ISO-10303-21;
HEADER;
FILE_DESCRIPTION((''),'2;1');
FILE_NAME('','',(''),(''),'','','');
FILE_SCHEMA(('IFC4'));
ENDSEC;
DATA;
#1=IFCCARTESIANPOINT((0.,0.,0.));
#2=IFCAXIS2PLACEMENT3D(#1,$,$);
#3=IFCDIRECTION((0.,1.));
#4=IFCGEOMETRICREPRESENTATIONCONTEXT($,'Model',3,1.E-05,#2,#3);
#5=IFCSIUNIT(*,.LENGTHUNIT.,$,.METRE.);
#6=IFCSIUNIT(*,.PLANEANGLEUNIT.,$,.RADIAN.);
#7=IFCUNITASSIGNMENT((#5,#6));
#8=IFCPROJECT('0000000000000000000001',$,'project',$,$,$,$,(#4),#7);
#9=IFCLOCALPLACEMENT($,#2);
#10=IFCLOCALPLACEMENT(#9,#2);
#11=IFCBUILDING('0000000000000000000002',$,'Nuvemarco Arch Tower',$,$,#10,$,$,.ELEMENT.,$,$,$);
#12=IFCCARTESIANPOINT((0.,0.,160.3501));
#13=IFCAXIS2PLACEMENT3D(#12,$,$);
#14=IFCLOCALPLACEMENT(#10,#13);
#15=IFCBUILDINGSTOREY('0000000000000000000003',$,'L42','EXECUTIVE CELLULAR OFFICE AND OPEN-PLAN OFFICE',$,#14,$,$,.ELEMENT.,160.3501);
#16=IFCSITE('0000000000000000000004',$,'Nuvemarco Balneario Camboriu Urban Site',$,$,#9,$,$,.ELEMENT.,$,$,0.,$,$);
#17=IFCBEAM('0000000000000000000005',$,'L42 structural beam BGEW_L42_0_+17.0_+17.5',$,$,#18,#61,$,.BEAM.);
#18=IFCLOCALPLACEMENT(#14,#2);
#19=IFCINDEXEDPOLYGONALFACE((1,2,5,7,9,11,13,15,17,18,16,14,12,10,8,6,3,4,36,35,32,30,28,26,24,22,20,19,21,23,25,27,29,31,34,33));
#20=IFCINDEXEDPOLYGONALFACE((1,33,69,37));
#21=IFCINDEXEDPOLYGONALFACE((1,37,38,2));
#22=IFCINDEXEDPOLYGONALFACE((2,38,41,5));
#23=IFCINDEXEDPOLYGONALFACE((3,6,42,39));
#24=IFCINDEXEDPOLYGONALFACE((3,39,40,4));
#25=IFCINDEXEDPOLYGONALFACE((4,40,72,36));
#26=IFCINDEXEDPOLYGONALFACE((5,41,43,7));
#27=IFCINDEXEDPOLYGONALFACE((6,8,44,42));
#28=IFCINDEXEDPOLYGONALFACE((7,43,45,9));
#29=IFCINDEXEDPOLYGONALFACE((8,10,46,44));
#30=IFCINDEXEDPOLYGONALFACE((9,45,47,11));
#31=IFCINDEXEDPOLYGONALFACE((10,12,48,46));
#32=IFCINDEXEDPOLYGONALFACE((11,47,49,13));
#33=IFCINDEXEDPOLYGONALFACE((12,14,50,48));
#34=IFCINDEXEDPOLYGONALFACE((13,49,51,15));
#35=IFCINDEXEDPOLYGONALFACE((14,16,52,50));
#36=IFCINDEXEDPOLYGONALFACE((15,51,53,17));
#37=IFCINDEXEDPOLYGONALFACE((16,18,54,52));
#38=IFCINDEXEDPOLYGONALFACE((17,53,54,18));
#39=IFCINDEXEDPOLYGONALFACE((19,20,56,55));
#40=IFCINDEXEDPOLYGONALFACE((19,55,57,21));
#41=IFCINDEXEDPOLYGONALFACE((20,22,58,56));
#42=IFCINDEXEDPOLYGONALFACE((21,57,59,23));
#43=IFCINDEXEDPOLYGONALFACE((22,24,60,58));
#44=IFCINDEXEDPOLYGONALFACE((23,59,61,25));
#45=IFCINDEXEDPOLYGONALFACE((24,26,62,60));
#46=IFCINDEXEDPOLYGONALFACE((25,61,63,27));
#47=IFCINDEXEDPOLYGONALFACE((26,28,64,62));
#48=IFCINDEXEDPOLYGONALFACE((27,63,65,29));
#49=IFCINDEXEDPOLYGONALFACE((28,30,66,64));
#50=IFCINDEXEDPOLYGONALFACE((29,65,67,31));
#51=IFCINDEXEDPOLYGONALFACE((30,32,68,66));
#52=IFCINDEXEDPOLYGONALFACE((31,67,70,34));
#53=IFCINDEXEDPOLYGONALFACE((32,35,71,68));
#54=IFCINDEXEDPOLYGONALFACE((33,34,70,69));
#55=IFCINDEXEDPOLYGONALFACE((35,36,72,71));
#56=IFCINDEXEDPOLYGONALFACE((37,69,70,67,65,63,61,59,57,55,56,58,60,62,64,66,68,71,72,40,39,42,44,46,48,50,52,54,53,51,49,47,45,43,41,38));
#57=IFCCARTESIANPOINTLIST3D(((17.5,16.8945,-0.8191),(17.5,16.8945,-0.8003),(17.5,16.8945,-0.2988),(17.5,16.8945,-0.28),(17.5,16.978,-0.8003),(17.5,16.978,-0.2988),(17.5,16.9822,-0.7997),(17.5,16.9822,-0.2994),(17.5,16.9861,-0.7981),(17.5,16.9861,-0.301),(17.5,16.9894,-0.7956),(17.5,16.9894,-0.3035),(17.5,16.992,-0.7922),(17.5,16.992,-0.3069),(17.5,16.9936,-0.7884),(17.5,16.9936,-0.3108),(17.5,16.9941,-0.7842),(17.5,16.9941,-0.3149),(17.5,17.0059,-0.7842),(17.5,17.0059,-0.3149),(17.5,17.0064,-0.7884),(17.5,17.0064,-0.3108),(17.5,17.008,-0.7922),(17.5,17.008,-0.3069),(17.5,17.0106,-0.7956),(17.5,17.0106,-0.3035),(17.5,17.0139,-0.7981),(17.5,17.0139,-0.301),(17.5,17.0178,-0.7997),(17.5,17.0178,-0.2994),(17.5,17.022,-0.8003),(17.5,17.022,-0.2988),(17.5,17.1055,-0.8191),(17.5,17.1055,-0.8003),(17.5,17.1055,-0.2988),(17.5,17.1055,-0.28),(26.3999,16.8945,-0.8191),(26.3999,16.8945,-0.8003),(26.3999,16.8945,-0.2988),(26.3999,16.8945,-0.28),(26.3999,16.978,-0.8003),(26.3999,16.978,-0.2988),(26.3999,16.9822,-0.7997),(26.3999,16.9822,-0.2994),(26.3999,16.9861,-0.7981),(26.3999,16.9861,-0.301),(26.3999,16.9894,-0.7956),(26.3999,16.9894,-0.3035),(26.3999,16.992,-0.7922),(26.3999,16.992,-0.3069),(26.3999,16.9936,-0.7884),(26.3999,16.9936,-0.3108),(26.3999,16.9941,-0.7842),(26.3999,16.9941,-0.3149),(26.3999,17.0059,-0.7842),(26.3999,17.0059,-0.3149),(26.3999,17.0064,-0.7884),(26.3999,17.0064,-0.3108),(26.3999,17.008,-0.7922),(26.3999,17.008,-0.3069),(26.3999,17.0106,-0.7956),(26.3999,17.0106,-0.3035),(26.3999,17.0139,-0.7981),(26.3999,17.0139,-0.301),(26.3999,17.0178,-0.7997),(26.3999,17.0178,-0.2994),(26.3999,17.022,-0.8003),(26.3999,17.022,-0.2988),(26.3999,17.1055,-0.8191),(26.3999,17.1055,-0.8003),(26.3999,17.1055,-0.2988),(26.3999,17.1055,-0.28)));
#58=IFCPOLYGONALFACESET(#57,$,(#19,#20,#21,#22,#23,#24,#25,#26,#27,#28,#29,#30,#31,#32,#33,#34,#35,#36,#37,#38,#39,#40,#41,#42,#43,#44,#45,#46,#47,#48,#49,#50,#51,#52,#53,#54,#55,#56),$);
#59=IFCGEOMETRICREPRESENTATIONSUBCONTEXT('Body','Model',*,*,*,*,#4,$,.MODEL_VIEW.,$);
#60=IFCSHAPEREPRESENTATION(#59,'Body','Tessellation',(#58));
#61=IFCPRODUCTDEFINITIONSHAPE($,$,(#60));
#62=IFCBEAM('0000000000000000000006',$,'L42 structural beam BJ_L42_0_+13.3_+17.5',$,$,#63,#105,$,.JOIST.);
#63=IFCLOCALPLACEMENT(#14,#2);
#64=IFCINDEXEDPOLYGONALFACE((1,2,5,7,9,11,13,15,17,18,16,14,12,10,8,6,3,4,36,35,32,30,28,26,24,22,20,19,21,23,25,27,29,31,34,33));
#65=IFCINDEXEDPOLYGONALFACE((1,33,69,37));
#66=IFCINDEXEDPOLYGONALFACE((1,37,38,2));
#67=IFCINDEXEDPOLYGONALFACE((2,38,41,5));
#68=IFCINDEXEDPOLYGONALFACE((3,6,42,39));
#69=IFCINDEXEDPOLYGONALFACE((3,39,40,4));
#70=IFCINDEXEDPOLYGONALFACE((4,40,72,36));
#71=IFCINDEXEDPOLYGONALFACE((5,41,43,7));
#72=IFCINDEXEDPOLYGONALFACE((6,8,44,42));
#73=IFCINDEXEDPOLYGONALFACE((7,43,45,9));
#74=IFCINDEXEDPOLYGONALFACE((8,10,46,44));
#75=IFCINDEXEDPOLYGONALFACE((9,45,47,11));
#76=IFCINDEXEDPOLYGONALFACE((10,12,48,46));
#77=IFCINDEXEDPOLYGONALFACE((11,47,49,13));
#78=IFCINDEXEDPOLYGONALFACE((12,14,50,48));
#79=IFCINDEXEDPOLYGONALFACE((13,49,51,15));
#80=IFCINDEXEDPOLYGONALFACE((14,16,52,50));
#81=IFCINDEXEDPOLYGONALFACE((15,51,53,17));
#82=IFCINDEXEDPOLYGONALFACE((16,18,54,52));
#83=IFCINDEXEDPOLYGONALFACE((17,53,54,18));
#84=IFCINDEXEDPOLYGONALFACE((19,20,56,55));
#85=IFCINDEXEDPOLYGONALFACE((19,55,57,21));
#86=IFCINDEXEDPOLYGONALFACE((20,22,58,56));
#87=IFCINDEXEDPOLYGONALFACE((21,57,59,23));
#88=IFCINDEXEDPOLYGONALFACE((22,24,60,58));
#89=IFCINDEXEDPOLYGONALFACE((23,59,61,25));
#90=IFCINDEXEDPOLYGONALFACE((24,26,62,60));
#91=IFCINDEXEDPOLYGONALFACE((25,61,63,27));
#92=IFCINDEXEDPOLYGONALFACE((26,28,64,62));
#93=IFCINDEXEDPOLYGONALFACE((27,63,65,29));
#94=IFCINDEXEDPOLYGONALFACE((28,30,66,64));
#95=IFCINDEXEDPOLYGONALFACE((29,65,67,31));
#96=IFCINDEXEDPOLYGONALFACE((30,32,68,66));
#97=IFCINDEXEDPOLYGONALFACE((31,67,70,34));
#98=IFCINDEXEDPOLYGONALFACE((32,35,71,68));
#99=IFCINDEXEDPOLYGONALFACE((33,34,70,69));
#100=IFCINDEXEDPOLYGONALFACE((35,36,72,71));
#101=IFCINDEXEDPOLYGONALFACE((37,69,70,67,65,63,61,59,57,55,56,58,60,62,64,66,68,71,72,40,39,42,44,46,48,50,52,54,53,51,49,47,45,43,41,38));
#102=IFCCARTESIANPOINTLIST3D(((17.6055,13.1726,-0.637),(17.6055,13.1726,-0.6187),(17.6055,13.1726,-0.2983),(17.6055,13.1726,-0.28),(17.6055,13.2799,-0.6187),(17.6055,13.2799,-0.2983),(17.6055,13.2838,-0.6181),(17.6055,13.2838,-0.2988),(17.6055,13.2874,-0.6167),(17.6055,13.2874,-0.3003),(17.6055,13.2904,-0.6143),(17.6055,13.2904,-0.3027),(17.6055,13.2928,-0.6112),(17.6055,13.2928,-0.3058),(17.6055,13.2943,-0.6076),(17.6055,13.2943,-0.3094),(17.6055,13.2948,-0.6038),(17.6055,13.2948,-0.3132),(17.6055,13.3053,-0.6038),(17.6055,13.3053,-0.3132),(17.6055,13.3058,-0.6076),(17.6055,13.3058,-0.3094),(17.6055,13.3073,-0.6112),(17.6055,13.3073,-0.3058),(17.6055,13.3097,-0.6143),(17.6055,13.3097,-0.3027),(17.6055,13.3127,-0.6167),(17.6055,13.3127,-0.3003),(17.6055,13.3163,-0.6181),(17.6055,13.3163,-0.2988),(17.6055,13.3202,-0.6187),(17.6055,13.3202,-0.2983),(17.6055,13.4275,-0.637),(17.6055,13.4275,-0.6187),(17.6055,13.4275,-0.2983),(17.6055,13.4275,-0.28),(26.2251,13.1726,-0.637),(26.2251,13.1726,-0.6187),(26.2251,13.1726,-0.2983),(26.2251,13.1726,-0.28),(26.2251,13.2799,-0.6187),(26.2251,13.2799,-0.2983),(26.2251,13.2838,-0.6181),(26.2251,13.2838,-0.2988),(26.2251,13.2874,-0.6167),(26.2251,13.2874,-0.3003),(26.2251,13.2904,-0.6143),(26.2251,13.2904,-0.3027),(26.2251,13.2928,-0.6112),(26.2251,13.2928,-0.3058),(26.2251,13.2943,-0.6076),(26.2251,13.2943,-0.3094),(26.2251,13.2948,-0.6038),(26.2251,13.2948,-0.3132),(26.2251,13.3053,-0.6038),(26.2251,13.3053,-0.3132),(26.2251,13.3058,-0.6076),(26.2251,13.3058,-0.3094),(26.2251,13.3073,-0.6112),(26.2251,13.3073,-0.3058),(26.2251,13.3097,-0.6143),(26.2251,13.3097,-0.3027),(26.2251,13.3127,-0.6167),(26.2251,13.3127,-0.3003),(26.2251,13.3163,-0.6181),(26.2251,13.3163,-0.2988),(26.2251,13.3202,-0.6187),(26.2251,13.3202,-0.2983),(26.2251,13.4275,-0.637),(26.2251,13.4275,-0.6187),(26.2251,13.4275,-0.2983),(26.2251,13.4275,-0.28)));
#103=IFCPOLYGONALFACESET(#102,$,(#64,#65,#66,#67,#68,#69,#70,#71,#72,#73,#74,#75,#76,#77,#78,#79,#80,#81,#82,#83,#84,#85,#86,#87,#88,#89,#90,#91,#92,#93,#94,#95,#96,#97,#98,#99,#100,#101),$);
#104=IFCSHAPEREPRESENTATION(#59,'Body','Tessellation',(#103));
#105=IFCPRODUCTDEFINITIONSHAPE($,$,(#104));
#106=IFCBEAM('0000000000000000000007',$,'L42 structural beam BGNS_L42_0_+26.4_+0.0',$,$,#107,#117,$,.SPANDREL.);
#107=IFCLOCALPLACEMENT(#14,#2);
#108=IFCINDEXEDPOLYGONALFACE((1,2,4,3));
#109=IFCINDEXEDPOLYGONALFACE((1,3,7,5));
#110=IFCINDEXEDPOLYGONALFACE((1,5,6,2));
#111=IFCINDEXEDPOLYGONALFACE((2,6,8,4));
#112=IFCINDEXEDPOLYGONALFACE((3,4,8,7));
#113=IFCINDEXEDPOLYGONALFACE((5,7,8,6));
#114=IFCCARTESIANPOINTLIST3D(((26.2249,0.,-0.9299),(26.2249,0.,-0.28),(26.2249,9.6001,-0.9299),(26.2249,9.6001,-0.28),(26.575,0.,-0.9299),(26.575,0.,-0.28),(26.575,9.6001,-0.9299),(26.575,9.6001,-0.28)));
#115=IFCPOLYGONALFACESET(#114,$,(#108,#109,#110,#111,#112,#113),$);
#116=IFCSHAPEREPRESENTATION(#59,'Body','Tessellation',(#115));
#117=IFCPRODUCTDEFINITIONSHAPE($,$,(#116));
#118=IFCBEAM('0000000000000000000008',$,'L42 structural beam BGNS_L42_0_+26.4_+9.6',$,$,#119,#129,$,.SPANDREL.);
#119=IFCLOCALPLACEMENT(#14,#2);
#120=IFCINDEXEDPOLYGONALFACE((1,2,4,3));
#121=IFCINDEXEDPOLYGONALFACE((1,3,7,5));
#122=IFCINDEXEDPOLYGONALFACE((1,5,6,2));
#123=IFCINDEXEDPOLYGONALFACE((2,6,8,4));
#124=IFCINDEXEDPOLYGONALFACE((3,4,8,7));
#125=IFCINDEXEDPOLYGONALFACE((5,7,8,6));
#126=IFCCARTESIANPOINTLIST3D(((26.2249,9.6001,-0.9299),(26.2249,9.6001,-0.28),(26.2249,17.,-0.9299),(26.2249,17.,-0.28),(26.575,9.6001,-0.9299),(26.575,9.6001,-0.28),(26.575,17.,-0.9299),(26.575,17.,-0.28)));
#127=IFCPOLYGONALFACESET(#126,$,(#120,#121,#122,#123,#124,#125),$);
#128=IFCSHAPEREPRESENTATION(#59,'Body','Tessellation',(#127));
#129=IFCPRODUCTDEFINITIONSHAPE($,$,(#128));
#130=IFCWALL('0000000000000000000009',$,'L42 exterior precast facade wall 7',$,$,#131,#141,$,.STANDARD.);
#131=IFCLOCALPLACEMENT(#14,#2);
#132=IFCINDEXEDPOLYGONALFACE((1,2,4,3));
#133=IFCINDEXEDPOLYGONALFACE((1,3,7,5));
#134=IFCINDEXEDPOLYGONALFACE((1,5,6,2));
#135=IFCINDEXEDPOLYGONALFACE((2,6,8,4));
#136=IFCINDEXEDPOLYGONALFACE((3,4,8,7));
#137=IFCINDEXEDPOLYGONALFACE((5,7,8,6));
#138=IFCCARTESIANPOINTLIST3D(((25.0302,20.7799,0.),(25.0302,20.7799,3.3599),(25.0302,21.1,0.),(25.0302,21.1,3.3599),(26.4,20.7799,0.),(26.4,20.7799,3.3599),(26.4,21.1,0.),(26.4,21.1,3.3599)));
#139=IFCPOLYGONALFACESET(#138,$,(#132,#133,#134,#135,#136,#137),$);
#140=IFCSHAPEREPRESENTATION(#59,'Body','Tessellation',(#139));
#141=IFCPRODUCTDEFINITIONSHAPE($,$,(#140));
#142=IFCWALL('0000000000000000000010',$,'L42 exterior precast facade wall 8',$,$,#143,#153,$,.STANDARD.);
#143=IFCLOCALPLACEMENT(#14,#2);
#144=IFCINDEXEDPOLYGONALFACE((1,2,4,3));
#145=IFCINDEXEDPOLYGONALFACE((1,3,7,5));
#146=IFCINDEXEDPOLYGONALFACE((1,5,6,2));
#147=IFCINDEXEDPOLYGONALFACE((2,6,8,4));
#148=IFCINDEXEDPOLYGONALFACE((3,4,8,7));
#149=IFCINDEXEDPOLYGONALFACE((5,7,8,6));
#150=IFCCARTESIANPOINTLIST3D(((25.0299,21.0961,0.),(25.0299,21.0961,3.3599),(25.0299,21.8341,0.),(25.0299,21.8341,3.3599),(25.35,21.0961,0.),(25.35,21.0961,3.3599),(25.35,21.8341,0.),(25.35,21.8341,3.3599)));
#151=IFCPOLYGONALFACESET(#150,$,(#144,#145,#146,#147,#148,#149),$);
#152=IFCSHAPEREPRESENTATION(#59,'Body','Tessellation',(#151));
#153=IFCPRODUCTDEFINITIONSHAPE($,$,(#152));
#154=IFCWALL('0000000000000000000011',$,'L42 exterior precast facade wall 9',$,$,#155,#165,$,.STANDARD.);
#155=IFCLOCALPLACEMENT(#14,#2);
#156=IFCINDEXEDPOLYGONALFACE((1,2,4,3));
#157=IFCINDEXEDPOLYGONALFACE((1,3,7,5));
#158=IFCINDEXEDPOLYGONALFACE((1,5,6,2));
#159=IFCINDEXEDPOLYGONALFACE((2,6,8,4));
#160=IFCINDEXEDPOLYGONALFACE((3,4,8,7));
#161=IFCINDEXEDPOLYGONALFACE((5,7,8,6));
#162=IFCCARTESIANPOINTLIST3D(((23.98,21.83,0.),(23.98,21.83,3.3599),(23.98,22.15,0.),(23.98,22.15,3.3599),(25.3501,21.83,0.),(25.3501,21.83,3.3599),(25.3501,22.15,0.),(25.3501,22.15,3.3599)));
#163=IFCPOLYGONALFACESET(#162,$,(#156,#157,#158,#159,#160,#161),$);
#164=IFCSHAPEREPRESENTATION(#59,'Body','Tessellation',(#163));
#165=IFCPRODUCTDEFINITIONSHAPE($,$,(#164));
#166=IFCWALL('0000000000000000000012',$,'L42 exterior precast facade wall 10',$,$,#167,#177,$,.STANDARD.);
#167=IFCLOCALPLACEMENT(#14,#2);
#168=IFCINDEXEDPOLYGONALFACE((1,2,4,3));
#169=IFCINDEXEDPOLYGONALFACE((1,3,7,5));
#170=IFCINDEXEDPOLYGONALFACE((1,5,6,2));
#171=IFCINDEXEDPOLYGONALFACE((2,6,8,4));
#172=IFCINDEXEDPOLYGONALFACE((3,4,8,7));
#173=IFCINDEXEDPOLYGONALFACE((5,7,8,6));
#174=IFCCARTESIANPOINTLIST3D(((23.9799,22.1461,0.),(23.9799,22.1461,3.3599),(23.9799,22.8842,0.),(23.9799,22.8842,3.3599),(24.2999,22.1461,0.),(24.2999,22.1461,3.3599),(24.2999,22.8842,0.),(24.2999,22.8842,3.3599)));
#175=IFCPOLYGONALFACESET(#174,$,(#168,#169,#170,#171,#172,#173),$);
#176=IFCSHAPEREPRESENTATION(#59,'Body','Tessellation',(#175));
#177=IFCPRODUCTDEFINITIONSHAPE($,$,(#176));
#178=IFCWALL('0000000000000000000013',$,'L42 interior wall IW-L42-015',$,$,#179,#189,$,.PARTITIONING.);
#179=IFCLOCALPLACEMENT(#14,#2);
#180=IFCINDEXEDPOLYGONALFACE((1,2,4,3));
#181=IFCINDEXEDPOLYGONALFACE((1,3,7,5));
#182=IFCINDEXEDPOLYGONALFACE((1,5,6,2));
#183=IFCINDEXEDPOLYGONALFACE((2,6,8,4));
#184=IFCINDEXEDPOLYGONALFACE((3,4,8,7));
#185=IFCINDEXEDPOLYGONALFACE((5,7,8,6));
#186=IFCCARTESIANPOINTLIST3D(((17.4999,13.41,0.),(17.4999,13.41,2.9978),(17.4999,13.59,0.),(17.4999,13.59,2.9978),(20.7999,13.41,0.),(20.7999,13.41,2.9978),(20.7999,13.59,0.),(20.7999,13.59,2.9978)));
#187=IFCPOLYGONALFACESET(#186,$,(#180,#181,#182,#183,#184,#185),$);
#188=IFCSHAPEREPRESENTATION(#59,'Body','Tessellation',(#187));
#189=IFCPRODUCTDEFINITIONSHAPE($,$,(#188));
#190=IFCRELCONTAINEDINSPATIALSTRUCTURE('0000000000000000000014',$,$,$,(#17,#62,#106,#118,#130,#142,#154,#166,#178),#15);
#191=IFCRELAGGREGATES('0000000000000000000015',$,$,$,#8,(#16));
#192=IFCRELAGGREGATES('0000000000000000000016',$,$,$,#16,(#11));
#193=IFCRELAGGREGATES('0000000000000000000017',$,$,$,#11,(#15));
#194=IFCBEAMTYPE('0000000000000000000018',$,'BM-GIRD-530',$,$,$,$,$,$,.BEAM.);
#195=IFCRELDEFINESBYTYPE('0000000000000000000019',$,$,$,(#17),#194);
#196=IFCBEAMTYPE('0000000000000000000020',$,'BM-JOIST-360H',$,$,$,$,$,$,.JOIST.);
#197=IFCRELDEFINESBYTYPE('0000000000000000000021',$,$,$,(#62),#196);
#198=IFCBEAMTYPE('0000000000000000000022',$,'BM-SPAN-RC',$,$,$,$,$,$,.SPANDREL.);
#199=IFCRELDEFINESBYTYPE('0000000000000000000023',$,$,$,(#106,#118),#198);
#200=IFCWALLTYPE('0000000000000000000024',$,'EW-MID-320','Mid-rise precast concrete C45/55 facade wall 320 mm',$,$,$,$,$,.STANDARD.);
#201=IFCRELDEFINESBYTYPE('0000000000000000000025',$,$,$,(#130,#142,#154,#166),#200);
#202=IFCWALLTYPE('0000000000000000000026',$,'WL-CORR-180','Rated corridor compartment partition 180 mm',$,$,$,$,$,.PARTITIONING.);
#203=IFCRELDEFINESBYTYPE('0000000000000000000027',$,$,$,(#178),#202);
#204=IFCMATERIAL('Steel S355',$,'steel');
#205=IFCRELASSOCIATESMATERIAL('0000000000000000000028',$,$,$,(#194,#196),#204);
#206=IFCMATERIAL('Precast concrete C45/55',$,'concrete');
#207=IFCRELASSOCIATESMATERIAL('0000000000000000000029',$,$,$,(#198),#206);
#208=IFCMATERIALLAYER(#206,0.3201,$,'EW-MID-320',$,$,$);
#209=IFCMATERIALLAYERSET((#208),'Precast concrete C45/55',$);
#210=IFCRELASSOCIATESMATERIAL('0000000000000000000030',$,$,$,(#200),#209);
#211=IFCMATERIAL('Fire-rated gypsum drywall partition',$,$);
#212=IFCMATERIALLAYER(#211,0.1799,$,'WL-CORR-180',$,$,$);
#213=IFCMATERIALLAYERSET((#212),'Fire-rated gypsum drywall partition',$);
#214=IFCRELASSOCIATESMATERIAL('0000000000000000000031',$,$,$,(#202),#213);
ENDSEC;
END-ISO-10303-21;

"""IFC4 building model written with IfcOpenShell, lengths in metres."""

from ifc_helpers import new_model, si_unit, direction, frame, frame_2d, origin, origin_2d, place, context, subcontext, project, spatial, rectangle, i_section, extrude, material, layer, layer_set, material_profile, profile_set, type_object, element, save


model = new_model("IFC4")

# Units and contexts
model_context = context("Model", 3, precision=1e-05, world=origin(), true_north=direction((0.0, 1.0)))
body_context = subcontext(model_context, "Body", "Model", "MODEL_VIEW")
ifc_project = project(units=[si_unit("LENGTHUNIT", "METRE"), si_unit("PLANEANGLEUNIT", "RADIAN")], contexts=[model_context])

# Site, building, storey
site_placement = place(None, origin())
site = spatial("IfcSite", under=ifc_project, at=site_placement, Name="Nuvemarco Balneario Camboriu Urban Site", CompositionType="ELEMENT", RefElevation=0.0)
building_placement = place(site_placement, origin())
building = spatial("IfcBuilding", under=site, at=building_placement, Name="Nuvemarco Arch Tower", CompositionType="ELEMENT")
storey_placement = place(building_placement, frame((0.0, 0.0, 160.3501)))
storey = spatial("IfcBuildingStorey", under=building, at=storey_placement, Name="L42", Description="EXECUTIVE CELLULAR OFFICE AND OPEN-PLAN OFFICE", CompositionType="ELEMENT", Elevation=160.3501)

# Shared definitions
ifc_material_1 = material(Name="Steel S355", Category="steel")

# Beams
ifc_material_profile_1 = material_profile(ifc_material_1, i_section(OverallWidth=0.2109, OverallDepth=0.5391, WebThickness=0.0117, FlangeThickness=0.0188, FilletRadius=0.0161, at=origin_2d()), Name="W530x109")
ifc_profile_set_1 = profile_set([ifc_material_profile_1], Name="Steel S355")
beam_type_1 = type_object("IfcBeamType", Name="BM-GIRD-530", PredefinedType="BEAM", material=ifc_profile_set_1)
for number, where, z_axis, x_axis, name in (
    (1, (17.5, 17.0, -0.5496), (1.0, 0.0, 0.0), (0.0, 1.0, 0.0), "L42 structural beam BGEW_L42_0_+17.0_+17.5"),
):
    element("IfcBeam", number, at=place(storey_placement, frame(where, z_axis=z_axis, x_axis=x_axis)), inside=storey, type_object=beam_type_1, Name=name, PredefinedType="BEAM", context=body_context, shape_type="SweptSolid", body=[
        extrude(i_section(OverallWidth=0.2109, OverallDepth=0.5391, WebThickness=0.0117, FlangeThickness=0.0188, FilletRadius=0.0161, at=origin_2d()), origin(), (0.0, 0.0, 1.0), 8.8999),
    ])
ifc_material_profile_2 = material_profile(ifc_material_1, i_section(OverallWidth=0.2549, OverallDepth=0.3569, WebThickness=0.0105, FlangeThickness=0.0183, FilletRadius=0.0149, at=origin_2d()), Name="W360x101")
ifc_profile_set_2 = profile_set([ifc_material_profile_2], Name="Steel S355")
beam_type_2 = type_object("IfcBeamType", Name="BM-JOIST-360H", PredefinedType="JOIST", material=ifc_profile_set_2)
beam_1_placement = place(storey_placement, frame((17.6055, 13.3, -0.4585), z_axis=(1.0, 0.0, 0.0), x_axis=(0.0, 1.0, 0.0)))
element("IfcBeam", 2, at=beam_1_placement, inside=storey, type_object=beam_type_2, Name="L42 structural beam BJ_L42_0_+13.3_+17.5", PredefinedType="JOIST", context=body_context, shape_type="SweptSolid", body=[
    extrude(i_section(OverallWidth=0.2549, OverallDepth=0.3569, WebThickness=0.0105, FlangeThickness=0.0183, FilletRadius=0.0149, at=origin_2d()), origin(), (0.0, 0.0, 1.0), 8.6196),
])
ifc_material_2 = material(Name="Precast concrete C45/55", Category="concrete")
ifc_material_profile_3 = material_profile(ifc_material_2, rectangle(XDim=0.3501, YDim=0.6499, at=origin_2d()), Name="PC-SP-350x650")
ifc_profile_set_3 = profile_set([ifc_material_profile_3], Name="Precast concrete C45/55")
beam_type_3 = type_object("IfcBeamType", Name="BM-SPAN-RC", PredefinedType="SPANDREL", material=ifc_profile_set_3)
beam_2_placement = place(storey_placement, frame((26.3999, 0.0, -0.605), z_axis=(0.0, 1.0, 0.0), x_axis=(-1.0, 0.0, 0.0)))
element("IfcBeam", 3, at=beam_2_placement, inside=storey, type_object=beam_type_3, Name="L42 structural beam BGNS_L42_0_+26.4_+0.0", PredefinedType="SPANDREL", context=body_context, shape_type="SweptSolid", body=[
    extrude(rectangle(XDim=0.3501, YDim=0.6499, at=origin_2d()), origin(), (0.0, 0.0, 1.0), 9.6001),
])
beam_3_placement = place(storey_placement, frame((26.3999, 9.6001, -0.605), z_axis=(0.0, 1.0, 0.0), x_axis=(-1.0, 0.0, 0.0)))
element("IfcBeam", 4, at=beam_3_placement, inside=storey, type_object=beam_type_3, Name="L42 structural beam BGNS_L42_0_+26.4_+9.6", PredefinedType="SPANDREL", context=body_context, shape_type="SweptSolid", body=[
    extrude(rectangle(XDim=0.3501, YDim=0.6499, at=origin_2d()), origin(), (0.0, 0.0, 1.0), 7.3999),
])

# Walls
ifc_layer_1 = layer(ifc_material_2, 0.3201, Name="EW-MID-320")
ifc_layer_set_1 = layer_set([ifc_layer_1], Name="Precast concrete C45/55")
wall_type_1 = type_object("IfcWallType", Name="EW-MID-320", Description="Mid-rise precast concrete C45/55 facade wall 320 mm", PredefinedType="STANDARD", material=ifc_layer_set_1)
wall_1_placement = place(storey_placement, frame((25.03, 20.9399, 0.0), z_axis=(0.0, 0.0, 1.0), x_axis=(1.0, 0.0, 0.0)))
element("IfcWall", 5, at=wall_1_placement, inside=storey, type_object=wall_type_1, Name="L42 exterior precast facade wall 7", PredefinedType="STANDARD", context=body_context, shape_type="SweptSolid", body=[
    extrude(rectangle(XDim=1.3699, YDim=0.3201, at=frame_2d((0.6851, 0.0))), origin(), (0.0, 0.0, 1.0), 3.3599),
])
wall_2_placement = place(storey_placement, frame((25.1899, 21.0959, 0.0), z_axis=(0.0, 0.0, 1.0), x_axis=(0.0, 1.0, 0.0)))
element("IfcWall", 6, at=wall_2_placement, inside=storey, type_object=wall_type_1, Name="L42 exterior precast facade wall 8", PredefinedType="STANDARD", context=body_context, shape_type="SweptSolid", body=[
    extrude(rectangle(XDim=0.738, YDim=0.3201, at=frame_2d((0.3691, 0.0))), origin(), (0.0, 0.0, 1.0), 3.3599),
])
wall_3_placement = place(storey_placement, frame((23.98, 21.99, 0.0), z_axis=(0.0, 0.0, 1.0), x_axis=(1.0, 0.0, 0.0)))
element("IfcWall", 7, at=wall_3_placement, inside=storey, type_object=wall_type_1, Name="L42 exterior precast facade wall 9", PredefinedType="STANDARD", context=body_context, shape_type="SweptSolid", body=[
    extrude(rectangle(XDim=1.3701, YDim=0.3201, at=frame_2d((0.6851, 0.0))), origin(), (0.0, 0.0, 1.0), 3.3599),
])
wall_4_placement = place(storey_placement, frame((24.1399, 22.146, 0.0), z_axis=(0.0, 0.0, 1.0), x_axis=(0.0, 1.0, 0.0)))
element("IfcWall", 8, at=wall_4_placement, inside=storey, type_object=wall_type_1, Name="L42 exterior precast facade wall 10", PredefinedType="STANDARD", context=body_context, shape_type="SweptSolid", body=[
    extrude(rectangle(XDim=0.738, YDim=0.3201, at=frame_2d((0.3691, 0.0))), origin(), (0.0, 0.0, 1.0), 3.3599),
])
ifc_material_3 = material(Name="Fire-rated gypsum drywall partition")
ifc_layer_2 = layer(ifc_material_3, 0.1799, Name="WL-CORR-180")
ifc_layer_set_2 = layer_set([ifc_layer_2], Name="Fire-rated gypsum drywall partition")
wall_type_2 = type_object("IfcWallType", Name="WL-CORR-180", Description="Rated corridor compartment partition 180 mm", PredefinedType="PARTITIONING", material=ifc_layer_set_2)
wall_5_placement = place(storey_placement, frame((17.5, 13.5, 0.0), z_axis=(0.0, 0.0, 1.0), x_axis=(1.0, 0.0, 0.0)))
element("IfcWall", 9, at=wall_5_placement, inside=storey, type_object=wall_type_2, Name="L42 interior wall IW-L42-015", PredefinedType="PARTITIONING", context=body_context, shape_type="SweptSolid", body=[
    extrude(rectangle(XDim=3.3, YDim=0.1799, at=frame_2d((1.6499, 0.0))), origin(), (0.0, 0.0, 1.0), 2.9978),
])

save(model, "model.ifc")
